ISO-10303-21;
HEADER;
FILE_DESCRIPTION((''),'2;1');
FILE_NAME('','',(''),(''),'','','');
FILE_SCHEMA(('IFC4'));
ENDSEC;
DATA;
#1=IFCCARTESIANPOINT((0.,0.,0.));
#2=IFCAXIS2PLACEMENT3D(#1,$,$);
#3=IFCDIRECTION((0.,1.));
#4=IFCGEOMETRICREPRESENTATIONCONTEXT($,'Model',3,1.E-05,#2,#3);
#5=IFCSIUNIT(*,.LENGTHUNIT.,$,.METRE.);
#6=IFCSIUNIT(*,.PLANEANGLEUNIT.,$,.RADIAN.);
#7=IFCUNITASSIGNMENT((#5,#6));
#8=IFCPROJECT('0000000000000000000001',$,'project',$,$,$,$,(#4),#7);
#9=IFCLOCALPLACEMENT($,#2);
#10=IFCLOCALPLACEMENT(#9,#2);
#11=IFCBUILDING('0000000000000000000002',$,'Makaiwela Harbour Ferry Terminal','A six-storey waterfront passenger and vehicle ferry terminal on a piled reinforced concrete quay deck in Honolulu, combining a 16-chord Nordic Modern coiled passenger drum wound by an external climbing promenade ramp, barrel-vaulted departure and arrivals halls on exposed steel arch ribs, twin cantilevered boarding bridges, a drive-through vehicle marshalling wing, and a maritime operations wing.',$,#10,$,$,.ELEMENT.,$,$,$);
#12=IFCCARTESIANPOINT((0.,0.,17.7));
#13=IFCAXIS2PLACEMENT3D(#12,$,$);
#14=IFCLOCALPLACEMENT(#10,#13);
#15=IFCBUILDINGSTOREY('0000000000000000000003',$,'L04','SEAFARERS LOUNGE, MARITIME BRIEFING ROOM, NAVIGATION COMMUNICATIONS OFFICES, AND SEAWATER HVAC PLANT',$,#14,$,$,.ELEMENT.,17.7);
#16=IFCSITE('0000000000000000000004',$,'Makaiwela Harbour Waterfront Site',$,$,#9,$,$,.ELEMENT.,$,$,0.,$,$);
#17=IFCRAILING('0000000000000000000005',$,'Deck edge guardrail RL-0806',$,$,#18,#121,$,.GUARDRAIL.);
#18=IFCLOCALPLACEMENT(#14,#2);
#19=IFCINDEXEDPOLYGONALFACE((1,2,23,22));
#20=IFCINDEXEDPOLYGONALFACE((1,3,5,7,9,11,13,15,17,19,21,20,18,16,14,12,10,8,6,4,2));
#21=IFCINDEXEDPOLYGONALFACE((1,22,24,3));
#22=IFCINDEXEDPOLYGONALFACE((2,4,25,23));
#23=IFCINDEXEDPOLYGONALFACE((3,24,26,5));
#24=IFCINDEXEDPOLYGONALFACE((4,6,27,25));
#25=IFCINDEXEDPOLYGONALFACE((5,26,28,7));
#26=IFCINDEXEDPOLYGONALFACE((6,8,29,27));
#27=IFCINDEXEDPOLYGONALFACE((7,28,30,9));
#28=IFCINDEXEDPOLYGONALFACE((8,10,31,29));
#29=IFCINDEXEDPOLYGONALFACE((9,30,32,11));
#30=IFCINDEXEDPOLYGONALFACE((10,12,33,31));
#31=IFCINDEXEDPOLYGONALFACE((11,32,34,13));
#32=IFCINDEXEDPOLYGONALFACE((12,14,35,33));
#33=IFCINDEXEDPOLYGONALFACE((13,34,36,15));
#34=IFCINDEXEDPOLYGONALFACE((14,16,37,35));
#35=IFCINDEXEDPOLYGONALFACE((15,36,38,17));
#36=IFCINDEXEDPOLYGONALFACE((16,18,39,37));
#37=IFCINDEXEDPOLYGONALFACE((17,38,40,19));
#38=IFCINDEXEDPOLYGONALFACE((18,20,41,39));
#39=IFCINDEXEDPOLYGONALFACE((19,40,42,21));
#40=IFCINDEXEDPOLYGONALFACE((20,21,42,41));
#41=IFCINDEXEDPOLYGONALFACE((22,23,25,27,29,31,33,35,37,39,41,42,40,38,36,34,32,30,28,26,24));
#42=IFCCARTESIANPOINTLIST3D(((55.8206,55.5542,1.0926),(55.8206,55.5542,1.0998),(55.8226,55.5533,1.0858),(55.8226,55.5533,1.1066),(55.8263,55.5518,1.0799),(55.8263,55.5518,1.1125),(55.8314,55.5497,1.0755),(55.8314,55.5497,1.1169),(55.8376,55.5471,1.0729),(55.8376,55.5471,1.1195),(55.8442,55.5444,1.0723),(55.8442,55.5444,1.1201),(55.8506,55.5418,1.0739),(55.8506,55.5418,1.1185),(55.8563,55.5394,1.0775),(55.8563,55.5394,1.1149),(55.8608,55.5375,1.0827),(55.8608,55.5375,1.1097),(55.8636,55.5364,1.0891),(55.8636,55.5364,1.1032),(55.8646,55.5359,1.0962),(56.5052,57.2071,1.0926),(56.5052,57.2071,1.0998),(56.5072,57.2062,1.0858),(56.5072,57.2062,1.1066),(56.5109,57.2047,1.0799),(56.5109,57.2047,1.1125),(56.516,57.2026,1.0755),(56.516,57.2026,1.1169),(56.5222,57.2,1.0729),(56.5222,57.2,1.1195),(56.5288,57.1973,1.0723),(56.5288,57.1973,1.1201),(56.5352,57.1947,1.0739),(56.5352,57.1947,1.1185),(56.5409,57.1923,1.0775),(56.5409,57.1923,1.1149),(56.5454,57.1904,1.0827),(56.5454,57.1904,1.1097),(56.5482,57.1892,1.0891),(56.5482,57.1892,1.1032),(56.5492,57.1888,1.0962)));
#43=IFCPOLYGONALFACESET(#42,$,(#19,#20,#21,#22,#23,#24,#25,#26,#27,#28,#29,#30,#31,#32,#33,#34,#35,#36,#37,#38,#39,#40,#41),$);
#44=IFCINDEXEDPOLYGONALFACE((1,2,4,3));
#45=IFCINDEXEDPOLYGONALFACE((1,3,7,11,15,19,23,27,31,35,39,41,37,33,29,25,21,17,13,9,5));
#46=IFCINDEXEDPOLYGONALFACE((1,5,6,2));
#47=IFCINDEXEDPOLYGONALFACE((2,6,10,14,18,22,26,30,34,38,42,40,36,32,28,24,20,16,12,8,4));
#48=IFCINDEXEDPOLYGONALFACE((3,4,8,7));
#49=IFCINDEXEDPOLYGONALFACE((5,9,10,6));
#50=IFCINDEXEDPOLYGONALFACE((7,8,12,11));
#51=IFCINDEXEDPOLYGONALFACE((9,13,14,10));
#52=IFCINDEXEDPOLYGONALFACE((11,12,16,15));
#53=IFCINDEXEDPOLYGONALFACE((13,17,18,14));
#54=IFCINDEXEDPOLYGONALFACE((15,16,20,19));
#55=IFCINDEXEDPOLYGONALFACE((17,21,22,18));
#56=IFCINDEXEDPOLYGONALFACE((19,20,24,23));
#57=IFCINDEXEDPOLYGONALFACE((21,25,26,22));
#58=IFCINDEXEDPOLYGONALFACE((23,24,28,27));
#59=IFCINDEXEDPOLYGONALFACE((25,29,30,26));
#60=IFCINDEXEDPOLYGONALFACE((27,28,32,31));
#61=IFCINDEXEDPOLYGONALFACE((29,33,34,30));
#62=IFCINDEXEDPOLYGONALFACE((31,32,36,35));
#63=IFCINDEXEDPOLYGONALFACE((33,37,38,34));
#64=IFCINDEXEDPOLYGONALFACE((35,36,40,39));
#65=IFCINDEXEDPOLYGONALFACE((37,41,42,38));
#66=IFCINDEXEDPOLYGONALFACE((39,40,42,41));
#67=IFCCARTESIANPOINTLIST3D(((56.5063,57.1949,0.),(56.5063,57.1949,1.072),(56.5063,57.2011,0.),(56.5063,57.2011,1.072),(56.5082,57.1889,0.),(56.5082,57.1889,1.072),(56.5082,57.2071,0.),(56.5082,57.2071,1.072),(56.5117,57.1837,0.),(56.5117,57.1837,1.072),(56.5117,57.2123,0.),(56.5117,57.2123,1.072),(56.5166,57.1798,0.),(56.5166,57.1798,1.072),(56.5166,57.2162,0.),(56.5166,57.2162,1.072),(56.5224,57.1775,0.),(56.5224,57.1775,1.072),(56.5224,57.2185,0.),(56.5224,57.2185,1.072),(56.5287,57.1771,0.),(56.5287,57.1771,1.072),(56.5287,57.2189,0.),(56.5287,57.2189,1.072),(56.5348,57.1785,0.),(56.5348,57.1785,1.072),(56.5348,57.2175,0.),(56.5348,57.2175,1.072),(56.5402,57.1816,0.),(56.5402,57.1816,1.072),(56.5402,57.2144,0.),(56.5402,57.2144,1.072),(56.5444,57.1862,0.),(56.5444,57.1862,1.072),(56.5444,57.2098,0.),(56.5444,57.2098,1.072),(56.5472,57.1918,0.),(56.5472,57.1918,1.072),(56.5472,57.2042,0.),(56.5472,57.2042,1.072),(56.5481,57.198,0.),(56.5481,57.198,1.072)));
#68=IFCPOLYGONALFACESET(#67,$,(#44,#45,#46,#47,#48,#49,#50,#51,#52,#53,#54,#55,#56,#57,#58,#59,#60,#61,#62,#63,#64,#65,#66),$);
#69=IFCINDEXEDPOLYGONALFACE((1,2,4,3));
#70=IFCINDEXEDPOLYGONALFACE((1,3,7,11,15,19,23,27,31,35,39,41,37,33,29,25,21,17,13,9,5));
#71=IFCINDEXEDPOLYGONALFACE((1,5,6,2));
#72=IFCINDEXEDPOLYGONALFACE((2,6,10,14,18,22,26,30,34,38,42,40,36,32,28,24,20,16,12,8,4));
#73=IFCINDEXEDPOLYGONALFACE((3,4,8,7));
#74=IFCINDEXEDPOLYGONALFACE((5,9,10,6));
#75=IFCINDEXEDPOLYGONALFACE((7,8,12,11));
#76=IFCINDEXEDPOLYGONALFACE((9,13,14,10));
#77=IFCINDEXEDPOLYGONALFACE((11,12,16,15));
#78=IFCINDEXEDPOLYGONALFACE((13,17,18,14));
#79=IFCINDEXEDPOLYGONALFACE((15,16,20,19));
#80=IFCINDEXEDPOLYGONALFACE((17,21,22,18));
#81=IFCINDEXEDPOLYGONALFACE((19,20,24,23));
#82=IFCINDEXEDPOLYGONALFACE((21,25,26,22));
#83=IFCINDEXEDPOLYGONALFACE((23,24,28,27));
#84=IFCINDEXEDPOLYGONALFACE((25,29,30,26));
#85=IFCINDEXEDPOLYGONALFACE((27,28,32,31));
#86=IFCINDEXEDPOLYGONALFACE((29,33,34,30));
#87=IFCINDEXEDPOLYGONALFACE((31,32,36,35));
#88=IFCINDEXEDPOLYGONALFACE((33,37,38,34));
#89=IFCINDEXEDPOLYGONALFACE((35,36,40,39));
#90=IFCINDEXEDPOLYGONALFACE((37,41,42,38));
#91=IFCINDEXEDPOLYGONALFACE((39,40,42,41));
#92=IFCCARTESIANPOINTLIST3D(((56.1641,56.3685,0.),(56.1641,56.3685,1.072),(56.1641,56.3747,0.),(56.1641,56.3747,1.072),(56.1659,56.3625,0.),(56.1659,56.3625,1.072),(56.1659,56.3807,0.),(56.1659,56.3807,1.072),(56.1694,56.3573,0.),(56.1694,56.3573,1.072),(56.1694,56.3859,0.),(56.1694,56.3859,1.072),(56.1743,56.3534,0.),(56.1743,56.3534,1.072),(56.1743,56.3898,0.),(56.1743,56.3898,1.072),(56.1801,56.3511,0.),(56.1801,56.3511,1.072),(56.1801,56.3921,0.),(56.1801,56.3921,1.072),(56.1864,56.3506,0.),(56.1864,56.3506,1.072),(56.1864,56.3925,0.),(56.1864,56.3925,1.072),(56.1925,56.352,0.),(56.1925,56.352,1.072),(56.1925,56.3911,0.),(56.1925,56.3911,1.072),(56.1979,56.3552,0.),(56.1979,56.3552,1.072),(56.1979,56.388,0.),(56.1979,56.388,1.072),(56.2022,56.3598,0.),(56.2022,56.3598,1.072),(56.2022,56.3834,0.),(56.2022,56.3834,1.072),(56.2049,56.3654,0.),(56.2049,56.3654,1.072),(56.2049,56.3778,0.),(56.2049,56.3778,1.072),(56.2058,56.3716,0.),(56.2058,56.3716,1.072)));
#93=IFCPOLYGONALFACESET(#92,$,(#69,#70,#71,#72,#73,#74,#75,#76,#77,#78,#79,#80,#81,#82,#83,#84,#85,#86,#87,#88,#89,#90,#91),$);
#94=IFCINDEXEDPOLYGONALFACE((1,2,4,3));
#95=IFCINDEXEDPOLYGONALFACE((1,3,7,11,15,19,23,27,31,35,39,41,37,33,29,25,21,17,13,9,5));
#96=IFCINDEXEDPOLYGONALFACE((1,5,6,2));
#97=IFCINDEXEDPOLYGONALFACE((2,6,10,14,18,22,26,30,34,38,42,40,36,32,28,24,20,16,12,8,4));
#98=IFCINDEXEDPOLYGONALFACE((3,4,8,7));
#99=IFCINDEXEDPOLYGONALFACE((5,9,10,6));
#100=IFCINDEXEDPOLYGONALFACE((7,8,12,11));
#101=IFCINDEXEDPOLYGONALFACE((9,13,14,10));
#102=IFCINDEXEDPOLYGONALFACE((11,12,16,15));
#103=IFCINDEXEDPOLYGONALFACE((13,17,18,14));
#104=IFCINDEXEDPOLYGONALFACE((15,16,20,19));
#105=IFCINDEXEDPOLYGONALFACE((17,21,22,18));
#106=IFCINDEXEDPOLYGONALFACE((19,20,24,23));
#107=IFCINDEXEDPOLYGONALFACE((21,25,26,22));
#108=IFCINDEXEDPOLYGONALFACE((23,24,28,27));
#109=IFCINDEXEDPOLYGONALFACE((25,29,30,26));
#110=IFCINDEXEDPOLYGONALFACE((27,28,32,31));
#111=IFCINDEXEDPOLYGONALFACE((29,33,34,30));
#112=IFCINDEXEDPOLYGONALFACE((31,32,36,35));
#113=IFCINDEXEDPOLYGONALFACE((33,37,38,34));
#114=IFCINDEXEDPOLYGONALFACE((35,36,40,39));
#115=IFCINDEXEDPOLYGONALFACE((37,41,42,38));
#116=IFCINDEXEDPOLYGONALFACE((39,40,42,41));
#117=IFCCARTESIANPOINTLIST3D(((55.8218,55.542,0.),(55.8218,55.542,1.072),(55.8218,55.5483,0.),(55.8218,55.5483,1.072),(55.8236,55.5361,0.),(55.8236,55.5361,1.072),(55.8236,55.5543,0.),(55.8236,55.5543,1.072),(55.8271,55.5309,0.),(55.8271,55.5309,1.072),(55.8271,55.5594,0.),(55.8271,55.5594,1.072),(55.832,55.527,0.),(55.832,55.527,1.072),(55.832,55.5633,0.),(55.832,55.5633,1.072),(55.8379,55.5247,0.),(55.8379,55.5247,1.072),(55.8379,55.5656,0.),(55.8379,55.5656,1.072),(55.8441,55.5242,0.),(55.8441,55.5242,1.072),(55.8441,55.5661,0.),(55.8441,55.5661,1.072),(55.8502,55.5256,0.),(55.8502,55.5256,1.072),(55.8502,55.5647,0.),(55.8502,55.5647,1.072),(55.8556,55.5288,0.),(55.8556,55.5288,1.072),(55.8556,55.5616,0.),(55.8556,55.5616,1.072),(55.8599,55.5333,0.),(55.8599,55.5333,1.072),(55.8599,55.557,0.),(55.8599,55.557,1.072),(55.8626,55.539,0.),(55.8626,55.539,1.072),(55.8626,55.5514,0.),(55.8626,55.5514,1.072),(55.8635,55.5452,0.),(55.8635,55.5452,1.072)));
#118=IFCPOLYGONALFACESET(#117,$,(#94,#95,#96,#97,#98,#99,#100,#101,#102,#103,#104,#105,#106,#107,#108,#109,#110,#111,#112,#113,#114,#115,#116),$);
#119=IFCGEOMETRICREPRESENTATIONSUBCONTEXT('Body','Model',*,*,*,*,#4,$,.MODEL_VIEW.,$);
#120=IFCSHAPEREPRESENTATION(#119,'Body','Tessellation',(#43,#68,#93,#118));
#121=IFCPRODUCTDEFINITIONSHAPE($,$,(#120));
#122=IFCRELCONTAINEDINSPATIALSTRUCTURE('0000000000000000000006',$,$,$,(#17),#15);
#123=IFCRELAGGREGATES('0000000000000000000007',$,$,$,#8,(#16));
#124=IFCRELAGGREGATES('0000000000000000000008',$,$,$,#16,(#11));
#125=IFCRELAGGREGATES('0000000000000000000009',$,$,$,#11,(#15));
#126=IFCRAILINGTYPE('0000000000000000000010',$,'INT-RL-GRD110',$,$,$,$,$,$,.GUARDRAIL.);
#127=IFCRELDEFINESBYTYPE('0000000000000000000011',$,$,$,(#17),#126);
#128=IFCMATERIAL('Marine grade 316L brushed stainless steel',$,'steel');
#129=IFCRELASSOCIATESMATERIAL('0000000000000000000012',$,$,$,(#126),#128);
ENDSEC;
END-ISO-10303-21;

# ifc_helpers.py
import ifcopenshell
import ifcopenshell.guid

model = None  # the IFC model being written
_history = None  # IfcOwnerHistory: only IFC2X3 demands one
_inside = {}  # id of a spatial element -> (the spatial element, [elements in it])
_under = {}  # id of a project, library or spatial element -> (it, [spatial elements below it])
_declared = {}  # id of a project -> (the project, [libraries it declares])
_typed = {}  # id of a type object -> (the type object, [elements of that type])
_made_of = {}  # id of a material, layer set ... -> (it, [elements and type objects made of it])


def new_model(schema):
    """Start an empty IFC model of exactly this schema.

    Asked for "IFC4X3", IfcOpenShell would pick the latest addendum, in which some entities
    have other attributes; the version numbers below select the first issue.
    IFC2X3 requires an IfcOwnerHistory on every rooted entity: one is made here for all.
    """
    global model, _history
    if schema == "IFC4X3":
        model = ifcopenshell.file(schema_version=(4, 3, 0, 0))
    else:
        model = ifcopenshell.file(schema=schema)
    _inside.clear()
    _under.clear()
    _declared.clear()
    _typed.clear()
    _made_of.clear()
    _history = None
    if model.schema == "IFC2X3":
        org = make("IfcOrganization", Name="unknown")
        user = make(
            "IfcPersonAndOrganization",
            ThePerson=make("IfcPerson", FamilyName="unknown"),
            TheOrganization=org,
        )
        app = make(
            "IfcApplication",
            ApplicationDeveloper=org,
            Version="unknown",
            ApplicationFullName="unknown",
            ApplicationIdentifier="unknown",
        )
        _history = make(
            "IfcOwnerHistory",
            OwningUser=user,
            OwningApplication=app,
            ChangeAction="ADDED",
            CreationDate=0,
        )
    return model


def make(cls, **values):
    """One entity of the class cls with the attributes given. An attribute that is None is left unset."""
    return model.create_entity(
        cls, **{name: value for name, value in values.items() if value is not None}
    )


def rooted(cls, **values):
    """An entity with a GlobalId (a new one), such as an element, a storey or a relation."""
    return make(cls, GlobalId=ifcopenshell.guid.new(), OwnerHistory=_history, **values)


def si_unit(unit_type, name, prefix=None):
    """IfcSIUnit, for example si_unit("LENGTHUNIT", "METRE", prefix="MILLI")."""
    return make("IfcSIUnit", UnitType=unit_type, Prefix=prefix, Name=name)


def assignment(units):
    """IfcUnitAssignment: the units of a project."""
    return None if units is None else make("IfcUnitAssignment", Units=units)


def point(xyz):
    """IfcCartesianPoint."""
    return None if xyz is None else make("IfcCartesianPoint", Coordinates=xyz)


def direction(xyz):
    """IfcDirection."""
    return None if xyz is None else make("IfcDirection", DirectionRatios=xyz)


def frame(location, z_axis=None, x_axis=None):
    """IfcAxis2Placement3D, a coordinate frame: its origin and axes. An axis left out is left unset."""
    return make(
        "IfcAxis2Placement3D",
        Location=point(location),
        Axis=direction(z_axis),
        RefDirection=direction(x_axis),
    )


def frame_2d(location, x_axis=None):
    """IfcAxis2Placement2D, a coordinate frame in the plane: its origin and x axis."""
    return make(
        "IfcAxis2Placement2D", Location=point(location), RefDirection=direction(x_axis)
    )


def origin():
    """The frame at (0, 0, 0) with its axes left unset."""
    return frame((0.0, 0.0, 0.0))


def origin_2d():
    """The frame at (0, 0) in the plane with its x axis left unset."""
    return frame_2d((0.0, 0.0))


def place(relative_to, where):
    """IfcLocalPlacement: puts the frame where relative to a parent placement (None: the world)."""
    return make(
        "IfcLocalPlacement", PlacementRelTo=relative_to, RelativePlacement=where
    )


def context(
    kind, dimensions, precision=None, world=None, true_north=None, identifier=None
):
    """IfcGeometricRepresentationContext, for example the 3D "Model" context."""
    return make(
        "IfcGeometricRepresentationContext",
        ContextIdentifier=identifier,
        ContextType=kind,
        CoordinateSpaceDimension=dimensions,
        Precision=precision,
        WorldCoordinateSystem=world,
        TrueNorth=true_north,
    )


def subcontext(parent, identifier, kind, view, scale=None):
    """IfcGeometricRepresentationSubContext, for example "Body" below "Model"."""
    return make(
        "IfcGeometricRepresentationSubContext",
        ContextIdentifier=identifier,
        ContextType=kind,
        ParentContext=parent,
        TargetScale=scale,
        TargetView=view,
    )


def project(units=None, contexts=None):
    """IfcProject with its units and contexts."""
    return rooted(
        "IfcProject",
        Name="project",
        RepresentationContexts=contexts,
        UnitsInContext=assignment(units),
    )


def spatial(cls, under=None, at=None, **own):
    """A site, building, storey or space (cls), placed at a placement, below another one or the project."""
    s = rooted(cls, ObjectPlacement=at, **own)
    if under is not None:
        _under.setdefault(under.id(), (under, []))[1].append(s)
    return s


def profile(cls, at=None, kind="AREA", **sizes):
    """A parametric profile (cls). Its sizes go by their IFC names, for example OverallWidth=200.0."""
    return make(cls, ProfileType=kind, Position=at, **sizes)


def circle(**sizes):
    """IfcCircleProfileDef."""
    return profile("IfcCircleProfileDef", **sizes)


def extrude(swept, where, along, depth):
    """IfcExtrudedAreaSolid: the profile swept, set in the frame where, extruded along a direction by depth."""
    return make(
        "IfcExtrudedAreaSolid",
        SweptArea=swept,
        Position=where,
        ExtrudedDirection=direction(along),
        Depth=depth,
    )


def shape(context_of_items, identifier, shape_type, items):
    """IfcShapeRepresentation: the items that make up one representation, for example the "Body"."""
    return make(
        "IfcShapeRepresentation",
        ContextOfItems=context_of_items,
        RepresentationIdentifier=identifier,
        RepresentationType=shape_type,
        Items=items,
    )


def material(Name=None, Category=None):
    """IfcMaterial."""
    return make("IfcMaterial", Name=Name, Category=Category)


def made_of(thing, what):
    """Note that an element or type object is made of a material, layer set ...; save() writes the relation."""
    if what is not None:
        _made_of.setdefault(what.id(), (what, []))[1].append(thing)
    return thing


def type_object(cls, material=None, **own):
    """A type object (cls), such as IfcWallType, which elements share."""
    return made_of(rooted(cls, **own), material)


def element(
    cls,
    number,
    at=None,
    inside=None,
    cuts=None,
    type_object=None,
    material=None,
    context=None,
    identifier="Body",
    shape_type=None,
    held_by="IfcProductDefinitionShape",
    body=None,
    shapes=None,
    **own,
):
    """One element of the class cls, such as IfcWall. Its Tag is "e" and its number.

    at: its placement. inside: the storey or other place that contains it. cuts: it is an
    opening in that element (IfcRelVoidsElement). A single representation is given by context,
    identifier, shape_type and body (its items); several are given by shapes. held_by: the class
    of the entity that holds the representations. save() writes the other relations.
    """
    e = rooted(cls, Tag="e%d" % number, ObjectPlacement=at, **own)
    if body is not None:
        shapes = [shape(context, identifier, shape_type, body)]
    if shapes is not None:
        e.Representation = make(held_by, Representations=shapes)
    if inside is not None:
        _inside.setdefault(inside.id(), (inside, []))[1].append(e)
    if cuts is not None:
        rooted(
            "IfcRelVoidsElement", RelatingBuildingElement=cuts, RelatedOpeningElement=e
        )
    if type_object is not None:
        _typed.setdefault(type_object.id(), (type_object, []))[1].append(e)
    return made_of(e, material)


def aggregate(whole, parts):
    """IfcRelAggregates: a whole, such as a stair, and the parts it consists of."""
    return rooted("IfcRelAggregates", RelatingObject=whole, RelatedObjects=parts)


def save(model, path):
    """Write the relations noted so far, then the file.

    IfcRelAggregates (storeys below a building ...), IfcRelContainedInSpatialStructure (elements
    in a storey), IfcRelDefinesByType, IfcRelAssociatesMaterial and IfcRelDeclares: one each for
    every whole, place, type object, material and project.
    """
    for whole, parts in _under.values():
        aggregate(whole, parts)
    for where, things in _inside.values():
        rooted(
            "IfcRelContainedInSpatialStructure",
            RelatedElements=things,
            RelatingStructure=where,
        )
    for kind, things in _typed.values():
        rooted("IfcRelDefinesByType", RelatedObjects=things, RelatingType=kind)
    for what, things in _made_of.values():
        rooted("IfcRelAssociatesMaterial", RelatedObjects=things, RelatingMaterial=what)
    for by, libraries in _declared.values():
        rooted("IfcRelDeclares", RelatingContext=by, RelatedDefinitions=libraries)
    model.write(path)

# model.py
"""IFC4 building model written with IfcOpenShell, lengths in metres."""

from ifc_helpers import new_model, si_unit, direction, frame, origin, origin_2d, place, context, subcontext, project, spatial, circle, extrude, material, type_object, element, save


model = new_model("IFC4")

# Units and contexts
model_context = context("Model", 3, precision=1e-05, world=origin(), true_north=direction((0.0, 1.0)))
body_context = subcontext(model_context, "Body", "Model", "MODEL_VIEW")
ifc_project = project(units=[si_unit("LENGTHUNIT", "METRE"), si_unit("PLANEANGLEUNIT", "RADIAN")], contexts=[model_context])

# Site, building, storey
site_placement = place(None, origin())
site = spatial("IfcSite", under=ifc_project, at=site_placement, Name="Makaiwela Harbour Waterfront Site", CompositionType="ELEMENT", RefElevation=0.0)
building_placement = place(site_placement, origin())
building = spatial("IfcBuilding", under=site, at=building_placement, Name="Makaiwela Harbour Ferry Terminal", Description="A six-storey waterfront passenger and vehicle ferry terminal on a piled reinforced concrete quay deck in Honolulu, combining a 16-chord Nordic Modern coiled passenger drum wound by an external climbing promenade ramp, barrel-vaulted departure and arrivals halls on exposed steel arch ribs, twin cantilevered boarding bridges, a drive-through vehicle marshalling wing, and a maritime operations wing.", CompositionType="ELEMENT")
storey_placement = place(building_placement, frame((0.0, 0.0, 17.7)))
storey = spatial("IfcBuildingStorey", under=building, at=storey_placement, Name="L04", Description="SEAFARERS LOUNGE, MARITIME BRIEFING ROOM, NAVIGATION COMMUNICATIONS OFFICES, AND SEAWATER HVAC PLANT", CompositionType="ELEMENT", Elevation=17.7)

# Railing
ifc_material_1 = material(Name="Marine grade 316L brushed stainless steel", Category="steel")
railing_type = type_object("IfcRailingType", Name="INT-RL-GRD110", PredefinedType="GUARDRAIL", material=ifc_material_1)
railing_1_placement = place(storey_placement, frame((56.5271, 57.198, 0.0)))
element("IfcRailing", 1, at=railing_1_placement, inside=storey, type_object=railing_type, Name="Deck edge guardrail RL-0806", PredefinedType="GUARDRAIL", context=body_context, shape_type="SweptSolid", body=[
    extrude(circle(Radius=0.0239, at=origin_2d()), frame((0.0, 0.0, 1.0962), z_axis=(-0.382657, -0.92389, 0.0), x_axis=(0.92389, -0.382657, 0.0)), (0.0, 0.0, 1.0), 1.7891),
    extrude(circle(Radius=0.021, at=origin_2d()), origin(), (0.0, 0.0, 1.0), 1.072),
    extrude(circle(Radius=0.021, at=origin_2d()), frame((-0.3423, -0.8264, 0.0)), (0.0, 0.0, 1.0), 1.072),
    extrude(circle(Radius=0.021, at=origin_2d()), frame((-0.6846, -1.6528, 0.0)), (0.0, 0.0, 1.0), 1.072),
])

save(model, "model.ifc")
